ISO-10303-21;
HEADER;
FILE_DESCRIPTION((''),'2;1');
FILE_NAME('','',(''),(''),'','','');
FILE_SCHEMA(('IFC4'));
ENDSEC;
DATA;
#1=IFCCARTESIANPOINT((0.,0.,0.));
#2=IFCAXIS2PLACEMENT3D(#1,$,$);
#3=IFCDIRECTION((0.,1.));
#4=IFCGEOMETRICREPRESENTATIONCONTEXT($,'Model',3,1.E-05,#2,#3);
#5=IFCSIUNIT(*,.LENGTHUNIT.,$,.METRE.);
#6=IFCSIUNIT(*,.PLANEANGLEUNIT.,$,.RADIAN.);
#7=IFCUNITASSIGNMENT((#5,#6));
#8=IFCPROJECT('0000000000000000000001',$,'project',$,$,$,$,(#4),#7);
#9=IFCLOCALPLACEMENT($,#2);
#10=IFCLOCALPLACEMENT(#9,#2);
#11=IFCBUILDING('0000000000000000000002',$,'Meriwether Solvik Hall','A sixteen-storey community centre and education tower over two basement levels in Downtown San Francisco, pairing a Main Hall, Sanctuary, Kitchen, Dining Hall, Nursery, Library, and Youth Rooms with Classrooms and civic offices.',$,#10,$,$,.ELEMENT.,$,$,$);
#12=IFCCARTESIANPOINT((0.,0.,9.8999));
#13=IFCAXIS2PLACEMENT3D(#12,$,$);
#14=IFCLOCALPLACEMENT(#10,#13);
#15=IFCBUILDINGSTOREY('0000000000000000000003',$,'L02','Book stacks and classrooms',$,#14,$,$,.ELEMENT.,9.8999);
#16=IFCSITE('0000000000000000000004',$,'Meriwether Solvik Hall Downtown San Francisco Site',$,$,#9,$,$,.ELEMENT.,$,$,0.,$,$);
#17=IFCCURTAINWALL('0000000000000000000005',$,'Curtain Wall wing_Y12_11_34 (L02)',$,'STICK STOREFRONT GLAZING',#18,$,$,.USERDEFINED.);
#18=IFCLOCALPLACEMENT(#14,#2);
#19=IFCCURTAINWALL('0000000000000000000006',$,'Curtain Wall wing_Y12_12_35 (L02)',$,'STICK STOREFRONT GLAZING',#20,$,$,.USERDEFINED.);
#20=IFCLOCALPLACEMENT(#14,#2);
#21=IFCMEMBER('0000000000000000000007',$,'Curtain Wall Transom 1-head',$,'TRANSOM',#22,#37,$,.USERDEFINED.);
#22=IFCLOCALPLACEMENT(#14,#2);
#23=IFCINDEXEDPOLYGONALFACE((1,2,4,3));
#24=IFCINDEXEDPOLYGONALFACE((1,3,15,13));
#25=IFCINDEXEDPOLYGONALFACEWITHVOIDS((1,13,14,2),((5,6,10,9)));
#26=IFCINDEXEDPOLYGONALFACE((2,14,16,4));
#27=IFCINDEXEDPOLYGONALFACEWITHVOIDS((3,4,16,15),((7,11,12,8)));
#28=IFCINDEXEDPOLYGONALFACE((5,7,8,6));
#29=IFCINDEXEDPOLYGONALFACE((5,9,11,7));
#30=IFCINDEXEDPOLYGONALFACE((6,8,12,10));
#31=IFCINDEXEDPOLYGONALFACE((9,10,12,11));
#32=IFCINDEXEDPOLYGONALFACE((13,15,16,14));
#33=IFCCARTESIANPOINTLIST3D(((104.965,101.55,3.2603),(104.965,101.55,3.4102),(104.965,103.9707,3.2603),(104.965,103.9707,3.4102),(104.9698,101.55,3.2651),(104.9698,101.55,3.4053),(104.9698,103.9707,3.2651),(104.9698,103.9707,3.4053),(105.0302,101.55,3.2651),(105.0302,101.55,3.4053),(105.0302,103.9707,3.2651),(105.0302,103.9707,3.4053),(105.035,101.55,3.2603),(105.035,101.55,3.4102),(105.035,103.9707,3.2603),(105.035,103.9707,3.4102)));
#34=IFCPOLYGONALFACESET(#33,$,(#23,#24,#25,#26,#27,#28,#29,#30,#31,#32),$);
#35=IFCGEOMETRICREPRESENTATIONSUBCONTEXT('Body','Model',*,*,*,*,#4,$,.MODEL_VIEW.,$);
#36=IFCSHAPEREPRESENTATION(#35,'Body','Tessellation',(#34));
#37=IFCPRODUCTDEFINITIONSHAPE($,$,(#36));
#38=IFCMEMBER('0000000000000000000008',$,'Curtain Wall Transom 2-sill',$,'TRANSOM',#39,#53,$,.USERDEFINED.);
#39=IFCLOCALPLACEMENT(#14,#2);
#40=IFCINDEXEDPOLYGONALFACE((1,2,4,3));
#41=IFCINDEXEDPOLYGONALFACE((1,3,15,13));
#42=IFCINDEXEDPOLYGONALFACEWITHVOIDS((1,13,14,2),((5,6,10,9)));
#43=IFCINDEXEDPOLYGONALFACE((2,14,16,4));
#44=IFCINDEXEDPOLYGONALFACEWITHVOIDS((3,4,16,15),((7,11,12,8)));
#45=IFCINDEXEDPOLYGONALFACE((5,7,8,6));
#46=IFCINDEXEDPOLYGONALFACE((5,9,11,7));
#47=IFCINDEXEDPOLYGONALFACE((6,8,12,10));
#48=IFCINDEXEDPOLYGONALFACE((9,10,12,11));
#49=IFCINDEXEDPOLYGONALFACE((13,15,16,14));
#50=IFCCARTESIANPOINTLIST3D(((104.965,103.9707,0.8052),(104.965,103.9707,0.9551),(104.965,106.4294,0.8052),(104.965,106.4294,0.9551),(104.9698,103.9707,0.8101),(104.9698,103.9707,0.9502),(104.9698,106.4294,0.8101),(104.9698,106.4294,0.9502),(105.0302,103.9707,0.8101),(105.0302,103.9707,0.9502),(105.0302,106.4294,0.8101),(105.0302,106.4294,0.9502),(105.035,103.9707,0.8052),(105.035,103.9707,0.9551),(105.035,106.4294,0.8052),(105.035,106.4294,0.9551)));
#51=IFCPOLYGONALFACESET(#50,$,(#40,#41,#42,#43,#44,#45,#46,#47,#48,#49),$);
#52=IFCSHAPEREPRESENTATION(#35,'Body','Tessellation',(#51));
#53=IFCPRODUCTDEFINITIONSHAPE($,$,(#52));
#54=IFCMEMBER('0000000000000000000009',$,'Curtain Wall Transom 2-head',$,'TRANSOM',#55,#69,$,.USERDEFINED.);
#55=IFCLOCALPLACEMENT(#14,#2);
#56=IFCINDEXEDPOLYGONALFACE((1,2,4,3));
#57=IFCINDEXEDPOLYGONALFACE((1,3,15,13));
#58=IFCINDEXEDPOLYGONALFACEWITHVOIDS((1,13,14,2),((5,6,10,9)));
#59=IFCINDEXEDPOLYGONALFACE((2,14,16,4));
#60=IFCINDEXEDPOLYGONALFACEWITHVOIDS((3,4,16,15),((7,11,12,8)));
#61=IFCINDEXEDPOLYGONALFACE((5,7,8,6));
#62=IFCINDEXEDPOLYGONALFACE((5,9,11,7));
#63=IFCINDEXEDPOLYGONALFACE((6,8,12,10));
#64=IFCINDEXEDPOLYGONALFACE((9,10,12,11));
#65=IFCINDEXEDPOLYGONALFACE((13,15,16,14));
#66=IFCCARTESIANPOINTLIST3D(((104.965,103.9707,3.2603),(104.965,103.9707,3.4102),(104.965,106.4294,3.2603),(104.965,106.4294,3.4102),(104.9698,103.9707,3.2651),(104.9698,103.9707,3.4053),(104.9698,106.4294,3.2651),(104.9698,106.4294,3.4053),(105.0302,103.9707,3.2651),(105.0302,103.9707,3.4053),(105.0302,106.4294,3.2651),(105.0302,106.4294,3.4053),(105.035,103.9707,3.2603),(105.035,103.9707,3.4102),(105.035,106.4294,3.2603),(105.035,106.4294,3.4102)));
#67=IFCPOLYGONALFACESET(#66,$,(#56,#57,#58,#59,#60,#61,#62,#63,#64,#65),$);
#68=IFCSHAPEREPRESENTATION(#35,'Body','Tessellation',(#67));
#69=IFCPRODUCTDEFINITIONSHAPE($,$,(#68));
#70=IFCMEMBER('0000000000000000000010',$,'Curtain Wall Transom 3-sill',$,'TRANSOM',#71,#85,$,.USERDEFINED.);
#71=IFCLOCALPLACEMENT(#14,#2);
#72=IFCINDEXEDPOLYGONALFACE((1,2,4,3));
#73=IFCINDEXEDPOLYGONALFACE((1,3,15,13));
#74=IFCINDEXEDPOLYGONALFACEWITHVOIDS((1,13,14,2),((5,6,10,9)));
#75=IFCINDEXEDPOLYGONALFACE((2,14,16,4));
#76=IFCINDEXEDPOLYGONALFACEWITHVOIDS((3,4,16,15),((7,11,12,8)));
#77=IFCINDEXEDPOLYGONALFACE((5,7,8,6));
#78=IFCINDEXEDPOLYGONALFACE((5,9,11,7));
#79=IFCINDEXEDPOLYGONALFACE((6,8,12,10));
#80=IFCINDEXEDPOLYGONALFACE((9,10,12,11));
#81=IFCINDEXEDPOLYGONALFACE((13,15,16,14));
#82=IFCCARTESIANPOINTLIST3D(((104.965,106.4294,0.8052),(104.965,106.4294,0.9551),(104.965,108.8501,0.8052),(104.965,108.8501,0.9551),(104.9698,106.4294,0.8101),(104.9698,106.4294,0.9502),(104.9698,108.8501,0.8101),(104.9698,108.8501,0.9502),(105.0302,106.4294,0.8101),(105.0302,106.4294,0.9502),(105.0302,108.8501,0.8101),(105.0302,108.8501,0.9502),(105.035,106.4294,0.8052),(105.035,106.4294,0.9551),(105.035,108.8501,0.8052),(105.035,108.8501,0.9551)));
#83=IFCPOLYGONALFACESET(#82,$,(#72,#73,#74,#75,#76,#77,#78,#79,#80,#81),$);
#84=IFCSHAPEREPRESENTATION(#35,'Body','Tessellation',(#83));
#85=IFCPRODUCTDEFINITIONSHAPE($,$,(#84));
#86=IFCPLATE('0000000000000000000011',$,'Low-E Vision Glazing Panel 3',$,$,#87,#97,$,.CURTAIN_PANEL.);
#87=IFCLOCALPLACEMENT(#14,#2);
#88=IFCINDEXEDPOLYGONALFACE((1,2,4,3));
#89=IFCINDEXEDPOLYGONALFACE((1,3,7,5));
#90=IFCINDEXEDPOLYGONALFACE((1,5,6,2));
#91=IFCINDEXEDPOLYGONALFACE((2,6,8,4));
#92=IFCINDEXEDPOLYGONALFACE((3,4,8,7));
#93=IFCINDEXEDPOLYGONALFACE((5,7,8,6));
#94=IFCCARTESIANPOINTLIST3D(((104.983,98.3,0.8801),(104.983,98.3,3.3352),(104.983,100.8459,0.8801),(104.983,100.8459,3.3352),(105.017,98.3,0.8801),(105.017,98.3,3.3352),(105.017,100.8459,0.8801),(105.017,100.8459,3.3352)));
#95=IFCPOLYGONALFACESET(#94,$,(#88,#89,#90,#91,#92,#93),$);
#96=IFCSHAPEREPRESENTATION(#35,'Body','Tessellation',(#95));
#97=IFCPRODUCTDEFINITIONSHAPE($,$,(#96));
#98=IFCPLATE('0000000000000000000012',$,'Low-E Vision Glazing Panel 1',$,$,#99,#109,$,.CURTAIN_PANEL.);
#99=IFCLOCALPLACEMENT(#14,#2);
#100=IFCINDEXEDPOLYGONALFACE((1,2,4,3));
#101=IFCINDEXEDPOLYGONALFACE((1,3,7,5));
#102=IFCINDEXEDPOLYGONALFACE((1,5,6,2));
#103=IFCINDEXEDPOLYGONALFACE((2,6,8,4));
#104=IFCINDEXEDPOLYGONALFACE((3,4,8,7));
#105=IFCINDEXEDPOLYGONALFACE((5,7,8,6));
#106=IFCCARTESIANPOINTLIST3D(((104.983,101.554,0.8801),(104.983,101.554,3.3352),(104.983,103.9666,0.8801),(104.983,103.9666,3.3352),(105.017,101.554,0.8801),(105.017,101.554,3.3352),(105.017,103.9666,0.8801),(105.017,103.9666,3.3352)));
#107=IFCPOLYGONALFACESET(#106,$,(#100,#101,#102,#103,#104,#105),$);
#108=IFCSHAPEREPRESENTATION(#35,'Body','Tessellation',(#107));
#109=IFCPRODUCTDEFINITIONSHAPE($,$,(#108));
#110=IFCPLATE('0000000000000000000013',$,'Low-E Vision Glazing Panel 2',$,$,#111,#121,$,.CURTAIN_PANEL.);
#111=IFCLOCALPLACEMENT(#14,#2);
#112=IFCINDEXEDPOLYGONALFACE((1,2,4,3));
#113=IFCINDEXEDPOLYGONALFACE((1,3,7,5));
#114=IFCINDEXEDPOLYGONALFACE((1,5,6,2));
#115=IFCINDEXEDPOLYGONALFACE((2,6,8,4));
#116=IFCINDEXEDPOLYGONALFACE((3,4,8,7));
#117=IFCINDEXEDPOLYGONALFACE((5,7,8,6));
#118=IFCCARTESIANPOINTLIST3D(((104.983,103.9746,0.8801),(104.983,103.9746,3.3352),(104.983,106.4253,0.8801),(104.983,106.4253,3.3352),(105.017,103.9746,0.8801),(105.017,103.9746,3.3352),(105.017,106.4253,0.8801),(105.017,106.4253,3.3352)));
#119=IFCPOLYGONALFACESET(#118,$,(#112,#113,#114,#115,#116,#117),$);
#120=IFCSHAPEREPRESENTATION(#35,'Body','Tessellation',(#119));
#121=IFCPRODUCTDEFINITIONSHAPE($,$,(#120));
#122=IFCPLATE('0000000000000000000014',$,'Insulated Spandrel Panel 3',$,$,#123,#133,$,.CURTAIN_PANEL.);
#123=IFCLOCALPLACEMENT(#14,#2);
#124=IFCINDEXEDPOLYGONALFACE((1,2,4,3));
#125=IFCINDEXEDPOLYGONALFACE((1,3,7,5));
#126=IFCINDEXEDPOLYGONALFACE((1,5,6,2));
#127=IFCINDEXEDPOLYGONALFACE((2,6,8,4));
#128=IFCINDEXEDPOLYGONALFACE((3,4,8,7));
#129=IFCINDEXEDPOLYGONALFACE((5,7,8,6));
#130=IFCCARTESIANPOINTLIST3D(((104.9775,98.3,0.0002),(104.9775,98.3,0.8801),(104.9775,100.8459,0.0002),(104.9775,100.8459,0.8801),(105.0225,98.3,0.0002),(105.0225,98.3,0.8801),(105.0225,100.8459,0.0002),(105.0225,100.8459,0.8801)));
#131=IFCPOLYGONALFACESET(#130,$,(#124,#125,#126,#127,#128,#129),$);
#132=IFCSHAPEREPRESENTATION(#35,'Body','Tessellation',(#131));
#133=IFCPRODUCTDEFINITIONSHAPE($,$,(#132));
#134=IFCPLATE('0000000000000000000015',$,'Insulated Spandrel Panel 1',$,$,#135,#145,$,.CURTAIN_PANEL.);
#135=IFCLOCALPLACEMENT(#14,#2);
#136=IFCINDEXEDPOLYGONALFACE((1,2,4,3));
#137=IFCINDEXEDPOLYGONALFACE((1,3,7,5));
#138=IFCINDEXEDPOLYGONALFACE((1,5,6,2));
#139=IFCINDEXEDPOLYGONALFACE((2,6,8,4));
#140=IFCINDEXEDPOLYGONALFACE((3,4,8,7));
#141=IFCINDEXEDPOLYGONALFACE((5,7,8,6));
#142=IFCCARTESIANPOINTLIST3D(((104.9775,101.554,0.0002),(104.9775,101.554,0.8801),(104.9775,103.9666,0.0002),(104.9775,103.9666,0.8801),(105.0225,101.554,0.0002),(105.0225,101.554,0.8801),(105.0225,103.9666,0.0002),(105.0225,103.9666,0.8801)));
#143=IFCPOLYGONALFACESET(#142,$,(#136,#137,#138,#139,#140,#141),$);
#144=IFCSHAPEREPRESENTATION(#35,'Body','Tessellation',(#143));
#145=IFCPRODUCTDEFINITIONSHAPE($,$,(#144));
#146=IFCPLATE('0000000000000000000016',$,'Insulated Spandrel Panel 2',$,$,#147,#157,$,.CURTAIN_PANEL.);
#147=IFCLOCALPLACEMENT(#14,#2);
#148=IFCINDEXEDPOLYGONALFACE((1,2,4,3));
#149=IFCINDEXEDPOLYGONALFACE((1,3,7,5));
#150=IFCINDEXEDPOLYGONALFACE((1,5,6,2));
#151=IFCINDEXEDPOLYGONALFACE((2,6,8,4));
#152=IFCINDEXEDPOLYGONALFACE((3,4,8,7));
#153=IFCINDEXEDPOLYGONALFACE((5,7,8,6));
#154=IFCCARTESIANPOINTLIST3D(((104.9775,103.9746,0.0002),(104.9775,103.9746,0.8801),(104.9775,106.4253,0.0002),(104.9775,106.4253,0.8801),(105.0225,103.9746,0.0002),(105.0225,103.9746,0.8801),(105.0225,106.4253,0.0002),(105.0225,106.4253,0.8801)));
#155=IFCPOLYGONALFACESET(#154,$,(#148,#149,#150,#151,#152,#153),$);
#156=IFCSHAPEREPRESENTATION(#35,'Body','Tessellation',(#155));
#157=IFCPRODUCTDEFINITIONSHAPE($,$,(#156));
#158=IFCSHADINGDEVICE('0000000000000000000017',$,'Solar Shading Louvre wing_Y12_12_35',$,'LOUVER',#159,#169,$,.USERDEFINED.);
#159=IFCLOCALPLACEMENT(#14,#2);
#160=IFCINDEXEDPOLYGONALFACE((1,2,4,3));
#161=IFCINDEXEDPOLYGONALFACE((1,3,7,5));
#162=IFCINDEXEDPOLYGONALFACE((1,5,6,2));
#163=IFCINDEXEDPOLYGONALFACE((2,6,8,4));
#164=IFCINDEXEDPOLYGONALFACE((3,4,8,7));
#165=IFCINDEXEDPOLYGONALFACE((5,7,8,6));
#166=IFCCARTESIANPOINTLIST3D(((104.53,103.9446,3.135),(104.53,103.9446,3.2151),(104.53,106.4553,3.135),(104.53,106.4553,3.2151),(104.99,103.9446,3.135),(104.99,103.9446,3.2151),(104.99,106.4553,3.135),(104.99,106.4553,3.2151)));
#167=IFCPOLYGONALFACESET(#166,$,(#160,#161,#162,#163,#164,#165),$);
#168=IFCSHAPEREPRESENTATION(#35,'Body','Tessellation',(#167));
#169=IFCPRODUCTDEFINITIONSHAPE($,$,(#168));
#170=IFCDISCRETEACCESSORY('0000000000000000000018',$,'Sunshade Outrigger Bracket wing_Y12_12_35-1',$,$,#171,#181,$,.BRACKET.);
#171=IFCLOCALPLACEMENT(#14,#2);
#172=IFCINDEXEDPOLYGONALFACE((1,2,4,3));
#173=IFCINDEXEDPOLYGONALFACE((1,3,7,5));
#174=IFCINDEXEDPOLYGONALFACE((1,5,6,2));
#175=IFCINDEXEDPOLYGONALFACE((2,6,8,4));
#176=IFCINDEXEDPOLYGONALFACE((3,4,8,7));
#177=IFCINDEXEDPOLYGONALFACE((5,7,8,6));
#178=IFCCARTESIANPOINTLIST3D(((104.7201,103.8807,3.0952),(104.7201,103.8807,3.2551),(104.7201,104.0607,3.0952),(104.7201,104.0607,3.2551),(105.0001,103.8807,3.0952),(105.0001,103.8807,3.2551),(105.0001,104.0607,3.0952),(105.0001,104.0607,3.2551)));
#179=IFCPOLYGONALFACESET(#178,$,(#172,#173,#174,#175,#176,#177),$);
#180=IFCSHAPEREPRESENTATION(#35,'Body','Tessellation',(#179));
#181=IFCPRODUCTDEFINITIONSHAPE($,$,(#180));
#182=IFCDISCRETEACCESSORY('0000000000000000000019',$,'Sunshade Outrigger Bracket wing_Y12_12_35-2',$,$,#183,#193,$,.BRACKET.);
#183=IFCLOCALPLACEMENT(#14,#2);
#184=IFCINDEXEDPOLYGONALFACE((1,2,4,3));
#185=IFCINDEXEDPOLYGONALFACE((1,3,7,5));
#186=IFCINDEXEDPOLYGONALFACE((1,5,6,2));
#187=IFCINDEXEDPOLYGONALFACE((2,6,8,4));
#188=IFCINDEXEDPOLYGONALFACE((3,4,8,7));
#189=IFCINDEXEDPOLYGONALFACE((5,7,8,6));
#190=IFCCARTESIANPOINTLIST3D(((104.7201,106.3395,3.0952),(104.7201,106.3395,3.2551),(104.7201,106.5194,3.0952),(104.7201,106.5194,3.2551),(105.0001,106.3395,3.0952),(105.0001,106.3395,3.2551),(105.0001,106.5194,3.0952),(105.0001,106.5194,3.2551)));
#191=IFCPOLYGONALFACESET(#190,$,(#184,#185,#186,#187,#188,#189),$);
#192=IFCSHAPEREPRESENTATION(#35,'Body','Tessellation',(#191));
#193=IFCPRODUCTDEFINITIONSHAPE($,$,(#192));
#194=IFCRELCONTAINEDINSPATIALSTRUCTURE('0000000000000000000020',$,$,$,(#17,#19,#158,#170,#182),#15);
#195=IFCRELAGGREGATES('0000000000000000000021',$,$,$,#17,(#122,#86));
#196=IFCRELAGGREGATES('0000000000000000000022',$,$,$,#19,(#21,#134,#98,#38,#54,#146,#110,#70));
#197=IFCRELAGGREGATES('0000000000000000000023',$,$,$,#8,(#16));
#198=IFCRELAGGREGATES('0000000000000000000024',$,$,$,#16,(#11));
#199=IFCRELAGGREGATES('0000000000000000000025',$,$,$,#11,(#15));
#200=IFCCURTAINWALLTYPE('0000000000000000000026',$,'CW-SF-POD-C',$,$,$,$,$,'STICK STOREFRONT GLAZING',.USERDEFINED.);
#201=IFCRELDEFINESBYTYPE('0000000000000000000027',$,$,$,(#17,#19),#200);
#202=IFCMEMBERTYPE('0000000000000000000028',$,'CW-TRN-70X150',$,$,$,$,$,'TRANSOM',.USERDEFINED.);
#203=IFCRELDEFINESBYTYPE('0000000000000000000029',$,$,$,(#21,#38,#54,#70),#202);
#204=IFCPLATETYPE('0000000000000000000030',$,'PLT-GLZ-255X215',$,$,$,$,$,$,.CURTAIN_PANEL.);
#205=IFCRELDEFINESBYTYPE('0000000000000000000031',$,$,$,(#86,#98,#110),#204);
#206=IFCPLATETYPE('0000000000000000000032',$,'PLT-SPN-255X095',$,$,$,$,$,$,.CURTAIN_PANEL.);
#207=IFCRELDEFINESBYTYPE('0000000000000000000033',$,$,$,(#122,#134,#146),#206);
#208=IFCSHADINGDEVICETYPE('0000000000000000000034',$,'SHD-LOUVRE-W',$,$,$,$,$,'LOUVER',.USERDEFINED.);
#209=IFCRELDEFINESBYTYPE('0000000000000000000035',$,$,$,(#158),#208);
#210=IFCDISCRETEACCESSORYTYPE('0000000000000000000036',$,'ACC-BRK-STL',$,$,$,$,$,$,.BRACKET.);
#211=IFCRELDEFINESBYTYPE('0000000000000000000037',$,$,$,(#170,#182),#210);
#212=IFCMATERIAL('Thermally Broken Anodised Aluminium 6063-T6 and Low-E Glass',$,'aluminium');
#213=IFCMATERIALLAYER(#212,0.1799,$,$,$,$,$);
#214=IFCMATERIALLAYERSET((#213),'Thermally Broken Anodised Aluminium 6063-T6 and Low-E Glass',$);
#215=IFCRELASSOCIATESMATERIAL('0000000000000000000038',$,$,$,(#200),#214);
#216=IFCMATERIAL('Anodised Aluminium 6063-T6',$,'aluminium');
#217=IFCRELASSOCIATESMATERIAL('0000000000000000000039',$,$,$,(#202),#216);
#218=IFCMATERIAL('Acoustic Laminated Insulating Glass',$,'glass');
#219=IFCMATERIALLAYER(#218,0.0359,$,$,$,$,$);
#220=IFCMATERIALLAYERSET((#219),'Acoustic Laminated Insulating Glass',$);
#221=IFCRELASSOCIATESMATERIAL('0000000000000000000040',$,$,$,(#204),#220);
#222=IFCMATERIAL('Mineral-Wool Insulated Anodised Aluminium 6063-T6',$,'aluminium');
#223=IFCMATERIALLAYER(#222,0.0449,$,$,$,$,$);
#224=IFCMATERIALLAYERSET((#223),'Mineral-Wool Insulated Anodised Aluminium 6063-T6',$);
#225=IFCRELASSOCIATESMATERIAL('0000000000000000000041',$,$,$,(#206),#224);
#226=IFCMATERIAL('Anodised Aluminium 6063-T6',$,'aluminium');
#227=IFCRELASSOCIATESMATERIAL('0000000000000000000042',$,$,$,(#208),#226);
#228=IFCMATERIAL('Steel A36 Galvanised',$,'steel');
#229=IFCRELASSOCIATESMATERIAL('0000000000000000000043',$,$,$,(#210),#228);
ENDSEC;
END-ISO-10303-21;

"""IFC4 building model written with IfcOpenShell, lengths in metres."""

from ifc_helpers import new_model, si_unit, direction, frame, origin, origin_2d, place, context, subcontext, project, spatial, rectangle, hollow_rectangle, extrude, material, layer, layer_set, material_profile, profile_set, type_object, element, aggregate, save


model = new_model("IFC4")

# Units and contexts
model_context = context("Model", 3, precision=1e-05, world=origin(), true_north=direction((0.0, 1.0)))
body_context = subcontext(model_context, "Body", "Model", "MODEL_VIEW")
ifc_project = project(units=[si_unit("LENGTHUNIT", "METRE"), si_unit("PLANEANGLEUNIT", "RADIAN")], contexts=[model_context])

# Site, building, storey
site_placement = place(None, origin())
site = spatial("IfcSite", under=ifc_project, at=site_placement, Name="Meriwether Solvik Hall Downtown San Francisco Site", CompositionType="ELEMENT", RefElevation=0.0)
building_placement = place(site_placement, origin())
building = spatial("IfcBuilding", under=site, at=building_placement, Name="Meriwether Solvik Hall", Description="A sixteen-storey community centre and education tower over two basement levels in Downtown San Francisco, pairing a Main Hall, Sanctuary, Kitchen, Dining Hall, Nursery, Library, and Youth Rooms with Classrooms and civic offices.", CompositionType="ELEMENT")
storey_placement = place(building_placement, frame((0.0, 0.0, 9.8999)))
storey = spatial("IfcBuildingStorey", under=building, at=storey_placement, Name="L02", Description="Book stacks and classrooms", CompositionType="ELEMENT", Elevation=9.8999)

# Curtain wall
ifc_material_1 = material(Name="Thermally Broken Anodised Aluminium 6063-T6 and Low-E Glass", Category="aluminium")
ifc_layer_1 = layer(ifc_material_1, 0.1799)
ifc_layer_set_1 = layer_set([ifc_layer_1], Name="Thermally Broken Anodised Aluminium 6063-T6 and Low-E Glass")
curtain_wall_type = type_object("IfcCurtainWallType", Name="CW-SF-POD-C", ElementType="STICK STOREFRONT GLAZING", PredefinedType="USERDEFINED", material=ifc_layer_set_1)
curtain_wall_1_placement = place(storey_placement, origin())
curtain_wall_1 = element("IfcCurtainWall", 1, at=curtain_wall_1_placement, inside=storey, type_object=curtain_wall_type, Name="Curtain Wall wing_Y12_11_34 (L02)", ObjectType="STICK STOREFRONT GLAZING", PredefinedType="USERDEFINED")

# Curtain wall
curtain_wall_2_placement = place(storey_placement, origin())
curtain_wall_2 = element("IfcCurtainWall", 2, at=curtain_wall_2_placement, inside=storey, type_object=curtain_wall_type, Name="Curtain Wall wing_Y12_12_35 (L02)", ObjectType="STICK STOREFRONT GLAZING", PredefinedType="USERDEFINED")

# Members
ifc_material_2 = material(Name="Anodised Aluminium 6063-T6", Category="aluminium")
ifc_material_profile_1 = material_profile(ifc_material_2, hollow_rectangle(XDim=0.0701, YDim=0.1499, WallThickness=0.0049, at=origin_2d()), Name="CWT-70X150")
ifc_profile_set_1 = profile_set([ifc_material_profile_1], Name="Anodised Aluminium 6063-T6")
member_type_1 = type_object("IfcMemberType", Name="CW-TRN-70X150", ElementType="TRANSOM", PredefinedType="USERDEFINED", material=ifc_profile_set_1)
member_1_placement = place(storey_placement, frame((105.0, 101.55, 3.3352), z_axis=(0.0, 1.0, 0.0), x_axis=(-1.0, 0.0, 0.0)))
member_1 = element("IfcMember", 3, at=member_1_placement, type_object=member_type_1, Name="Curtain Wall Transom 1-head", ObjectType="TRANSOM", PredefinedType="USERDEFINED", context=body_context, shape_type="SweptSolid", body=[
    extrude(hollow_rectangle(XDim=0.0701, YDim=0.1499, WallThickness=0.0049, at=origin_2d()), origin(), (0.0, 0.0, 1.0), 2.4207),
])
member_2_placement = place(storey_placement, frame((105.0, 103.9707, 0.8801), z_axis=(0.0, 1.0, 0.0), x_axis=(-1.0, 0.0, 0.0)))
member_2 = element("IfcMember", 4, at=member_2_placement, type_object=member_type_1, Name="Curtain Wall Transom 2-sill", ObjectType="TRANSOM", PredefinedType="USERDEFINED", context=body_context, shape_type="SweptSolid", body=[
    extrude(hollow_rectangle(XDim=0.0701, YDim=0.1499, WallThickness=0.0049, at=origin_2d()), origin(), (0.0, 0.0, 1.0), 2.4587),
])
member_3_placement = place(storey_placement, frame((105.0, 103.9707, 3.3352), z_axis=(0.0, 1.0, 0.0), x_axis=(-1.0, 0.0, 0.0)))
member_3 = element("IfcMember", 5, at=member_3_placement, type_object=member_type_1, Name="Curtain Wall Transom 2-head", ObjectType="TRANSOM", PredefinedType="USERDEFINED", context=body_context, shape_type="SweptSolid", body=[
    extrude(hollow_rectangle(XDim=0.0701, YDim=0.1499, WallThickness=0.0049, at=origin_2d()), origin(), (0.0, 0.0, 1.0), 2.4587),
])
member_4_placement = place(storey_placement, frame((105.0, 106.4294, 0.8801), z_axis=(0.0, 1.0, 0.0), x_axis=(-1.0, 0.0, 0.0)))
member_4 = element("IfcMember", 6, at=member_4_placement, type_object=member_type_1, Name="Curtain Wall Transom 3-sill", ObjectType="TRANSOM", PredefinedType="USERDEFINED", context=body_context, shape_type="SweptSolid", body=[
    extrude(hollow_rectangle(XDim=0.0701, YDim=0.1499, WallThickness=0.0049, at=origin_2d()), origin(), (0.0, 0.0, 1.0), 2.4207),
])

# Plates
ifc_material_3 = material(Name="Acoustic Laminated Insulating Glass", Category="glass")
ifc_layer_2 = layer(ifc_material_3, 0.0359)
ifc_layer_set_2 = layer_set([ifc_layer_2], Name="Acoustic Laminated Insulating Glass")
plate_type_1 = type_object("IfcPlateType", Name="PLT-GLZ-255X215", PredefinedType="CURTAIN_PANEL", material=ifc_layer_set_2)
plate_1_placement = place(storey_placement, frame((105.0, 99.573, 0.8801), z_axis=(0.0, 0.0, 1.0), x_axis=(0.0, 1.0, 0.0)))
plate_1 = element("IfcPlate", 7, at=plate_1_placement, type_object=plate_type_1, Name="Low-E Vision Glazing Panel 3", PredefinedType="CURTAIN_PANEL", context=body_context, shape_type="SweptSolid", body=[
    extrude(rectangle(XDim=2.5459, YDim=0.0339, at=origin_2d()), origin(), (0.0, 0.0, 1.0), 2.4551),
])
plate_2_placement = place(storey_placement, frame((105.0, 102.7603, 0.8801), z_axis=(0.0, 0.0, 1.0), x_axis=(0.0, 1.0, 0.0)))
plate_2 = element("IfcPlate", 8, at=plate_2_placement, type_object=plate_type_1, Name="Low-E Vision Glazing Panel 1", PredefinedType="CURTAIN_PANEL", context=body_context, shape_type="SweptSolid", body=[
    extrude(rectangle(XDim=2.4126, YDim=0.0339, at=origin_2d()), origin(), (0.0, 0.0, 1.0), 2.4551),
])
plate_3_placement = place(storey_placement, frame((105.0, 105.2, 0.8801), z_axis=(0.0, 0.0, 1.0), x_axis=(0.0, 1.0, 0.0)))
plate_3 = element("IfcPlate", 9, at=plate_3_placement, type_object=plate_type_1, Name="Low-E Vision Glazing Panel 2", PredefinedType="CURTAIN_PANEL", context=body_context, shape_type="SweptSolid", body=[
    extrude(rectangle(XDim=2.4507, YDim=0.0339, at=origin_2d()), origin(), (0.0, 0.0, 1.0), 2.4551),
])
ifc_material_4 = material(Name="Mineral-Wool Insulated Anodised Aluminium 6063-T6", Category="aluminium")
ifc_layer_3 = layer(ifc_material_4, 0.0449)
ifc_layer_set_3 = layer_set([ifc_layer_3], Name="Mineral-Wool Insulated Anodised Aluminium 6063-T6")
plate_type_2 = type_object("IfcPlateType", Name="PLT-SPN-255X095", PredefinedType="CURTAIN_PANEL", material=ifc_layer_set_3)
plate_4_placement = place(storey_placement, frame((105.0, 99.573, 0.0002), z_axis=(0.0, 0.0, 1.0), x_axis=(0.0, 1.0, 0.0)))
plate_4 = element("IfcPlate", 10, at=plate_4_placement, type_object=plate_type_2, Name="Insulated Spandrel Panel 3", PredefinedType="CURTAIN_PANEL", context=body_context, shape_type="SweptSolid", body=[
    extrude(rectangle(XDim=2.5459, YDim=0.0449, at=origin_2d()), origin(), (0.0, 0.0, 1.0), 0.8799),
])
aggregate(curtain_wall_1, [plate_4, plate_1])
plate_5_placement = place(storey_placement, frame((105.0, 102.7603, 0.0002), z_axis=(0.0, 0.0, 1.0), x_axis=(0.0, 1.0, 0.0)))
plate_5 = element("IfcPlate", 11, at=plate_5_placement, type_object=plate_type_2, Name="Insulated Spandrel Panel 1", PredefinedType="CURTAIN_PANEL", context=body_context, shape_type="SweptSolid", body=[
    extrude(rectangle(XDim=2.4126, YDim=0.0449, at=origin_2d()), origin(), (0.0, 0.0, 1.0), 0.8799),
])
plate_6_placement = place(storey_placement, frame((105.0, 105.2, 0.0002), z_axis=(0.0, 0.0, 1.0), x_axis=(0.0, 1.0, 0.0)))
plate_6 = element("IfcPlate", 12, at=plate_6_placement, type_object=plate_type_2, Name="Insulated Spandrel Panel 2", PredefinedType="CURTAIN_PANEL", context=body_context, shape_type="SweptSolid", body=[
    extrude(rectangle(XDim=2.4507, YDim=0.0449, at=origin_2d()), origin(), (0.0, 0.0, 1.0), 0.8799),
])
aggregate(curtain_wall_2, [member_1, plate_5, plate_2, member_2, member_3, plate_6, plate_3, member_4])

# Shading device
ifc_material_5 = material(Name="Anodised Aluminium 6063-T6", Category="aluminium")
shading_device_type = type_object("IfcShadingDeviceType", Name="SHD-LOUVRE-W", ElementType="LOUVER", PredefinedType="USERDEFINED", material=ifc_material_5)
shading_device_placement = place(storey_placement, frame((104.76, 105.2, 3.135), z_axis=(0.0, 0.0, 1.0), x_axis=(0.0, 1.0, 0.0)))
element("IfcShadingDevice", 13, at=shading_device_placement, inside=storey, type_object=shading_device_type, Name="Solar Shading Louvre wing_Y12_12_35", ObjectType="LOUVER", PredefinedType="USERDEFINED", context=body_context, shape_type="SweptSolid", body=[
    extrude(rectangle(XDim=2.5107, YDim=0.46, at=origin_2d()), origin(), (0.0, 0.0, 1.0), 0.0801),
])

# Discrete accessories
ifc_material_6 = material(Name="Steel A36 Galvanised", Category="steel")
discrete_accessory_type = type_object("IfcDiscreteAccessoryType", Name="ACC-BRK-STL", PredefinedType="BRACKET", material=ifc_material_6)
for number, where, z_axis, x_axis, name in (
    (14, (104.8601, 103.9707, 3.0952), (0.0, 0.0, 1.0), (0.0, 1.0, 0.0), "Sunshade Outrigger Bracket wing_Y12_12_35-1"),
    (15, (104.8601, 106.4294, 3.0952), (0.0, 0.0, 1.0), (0.0, 1.0, 0.0), "Sunshade Outrigger Bracket wing_Y12_12_35-2"),
):
    element("IfcDiscreteAccessory", number, at=place(storey_placement, frame(where, z_axis=z_axis, x_axis=x_axis)), inside=storey, type_object=discrete_accessory_type, Name=name, PredefinedType="BRACKET", context=body_context, shape_type="SweptSolid", body=[
        extrude(rectangle(XDim=0.1799, YDim=0.28, at=origin_2d()), origin(), (0.0, 0.0, 1.0), 0.1599),
    ])

save(model, "model.ifc")
